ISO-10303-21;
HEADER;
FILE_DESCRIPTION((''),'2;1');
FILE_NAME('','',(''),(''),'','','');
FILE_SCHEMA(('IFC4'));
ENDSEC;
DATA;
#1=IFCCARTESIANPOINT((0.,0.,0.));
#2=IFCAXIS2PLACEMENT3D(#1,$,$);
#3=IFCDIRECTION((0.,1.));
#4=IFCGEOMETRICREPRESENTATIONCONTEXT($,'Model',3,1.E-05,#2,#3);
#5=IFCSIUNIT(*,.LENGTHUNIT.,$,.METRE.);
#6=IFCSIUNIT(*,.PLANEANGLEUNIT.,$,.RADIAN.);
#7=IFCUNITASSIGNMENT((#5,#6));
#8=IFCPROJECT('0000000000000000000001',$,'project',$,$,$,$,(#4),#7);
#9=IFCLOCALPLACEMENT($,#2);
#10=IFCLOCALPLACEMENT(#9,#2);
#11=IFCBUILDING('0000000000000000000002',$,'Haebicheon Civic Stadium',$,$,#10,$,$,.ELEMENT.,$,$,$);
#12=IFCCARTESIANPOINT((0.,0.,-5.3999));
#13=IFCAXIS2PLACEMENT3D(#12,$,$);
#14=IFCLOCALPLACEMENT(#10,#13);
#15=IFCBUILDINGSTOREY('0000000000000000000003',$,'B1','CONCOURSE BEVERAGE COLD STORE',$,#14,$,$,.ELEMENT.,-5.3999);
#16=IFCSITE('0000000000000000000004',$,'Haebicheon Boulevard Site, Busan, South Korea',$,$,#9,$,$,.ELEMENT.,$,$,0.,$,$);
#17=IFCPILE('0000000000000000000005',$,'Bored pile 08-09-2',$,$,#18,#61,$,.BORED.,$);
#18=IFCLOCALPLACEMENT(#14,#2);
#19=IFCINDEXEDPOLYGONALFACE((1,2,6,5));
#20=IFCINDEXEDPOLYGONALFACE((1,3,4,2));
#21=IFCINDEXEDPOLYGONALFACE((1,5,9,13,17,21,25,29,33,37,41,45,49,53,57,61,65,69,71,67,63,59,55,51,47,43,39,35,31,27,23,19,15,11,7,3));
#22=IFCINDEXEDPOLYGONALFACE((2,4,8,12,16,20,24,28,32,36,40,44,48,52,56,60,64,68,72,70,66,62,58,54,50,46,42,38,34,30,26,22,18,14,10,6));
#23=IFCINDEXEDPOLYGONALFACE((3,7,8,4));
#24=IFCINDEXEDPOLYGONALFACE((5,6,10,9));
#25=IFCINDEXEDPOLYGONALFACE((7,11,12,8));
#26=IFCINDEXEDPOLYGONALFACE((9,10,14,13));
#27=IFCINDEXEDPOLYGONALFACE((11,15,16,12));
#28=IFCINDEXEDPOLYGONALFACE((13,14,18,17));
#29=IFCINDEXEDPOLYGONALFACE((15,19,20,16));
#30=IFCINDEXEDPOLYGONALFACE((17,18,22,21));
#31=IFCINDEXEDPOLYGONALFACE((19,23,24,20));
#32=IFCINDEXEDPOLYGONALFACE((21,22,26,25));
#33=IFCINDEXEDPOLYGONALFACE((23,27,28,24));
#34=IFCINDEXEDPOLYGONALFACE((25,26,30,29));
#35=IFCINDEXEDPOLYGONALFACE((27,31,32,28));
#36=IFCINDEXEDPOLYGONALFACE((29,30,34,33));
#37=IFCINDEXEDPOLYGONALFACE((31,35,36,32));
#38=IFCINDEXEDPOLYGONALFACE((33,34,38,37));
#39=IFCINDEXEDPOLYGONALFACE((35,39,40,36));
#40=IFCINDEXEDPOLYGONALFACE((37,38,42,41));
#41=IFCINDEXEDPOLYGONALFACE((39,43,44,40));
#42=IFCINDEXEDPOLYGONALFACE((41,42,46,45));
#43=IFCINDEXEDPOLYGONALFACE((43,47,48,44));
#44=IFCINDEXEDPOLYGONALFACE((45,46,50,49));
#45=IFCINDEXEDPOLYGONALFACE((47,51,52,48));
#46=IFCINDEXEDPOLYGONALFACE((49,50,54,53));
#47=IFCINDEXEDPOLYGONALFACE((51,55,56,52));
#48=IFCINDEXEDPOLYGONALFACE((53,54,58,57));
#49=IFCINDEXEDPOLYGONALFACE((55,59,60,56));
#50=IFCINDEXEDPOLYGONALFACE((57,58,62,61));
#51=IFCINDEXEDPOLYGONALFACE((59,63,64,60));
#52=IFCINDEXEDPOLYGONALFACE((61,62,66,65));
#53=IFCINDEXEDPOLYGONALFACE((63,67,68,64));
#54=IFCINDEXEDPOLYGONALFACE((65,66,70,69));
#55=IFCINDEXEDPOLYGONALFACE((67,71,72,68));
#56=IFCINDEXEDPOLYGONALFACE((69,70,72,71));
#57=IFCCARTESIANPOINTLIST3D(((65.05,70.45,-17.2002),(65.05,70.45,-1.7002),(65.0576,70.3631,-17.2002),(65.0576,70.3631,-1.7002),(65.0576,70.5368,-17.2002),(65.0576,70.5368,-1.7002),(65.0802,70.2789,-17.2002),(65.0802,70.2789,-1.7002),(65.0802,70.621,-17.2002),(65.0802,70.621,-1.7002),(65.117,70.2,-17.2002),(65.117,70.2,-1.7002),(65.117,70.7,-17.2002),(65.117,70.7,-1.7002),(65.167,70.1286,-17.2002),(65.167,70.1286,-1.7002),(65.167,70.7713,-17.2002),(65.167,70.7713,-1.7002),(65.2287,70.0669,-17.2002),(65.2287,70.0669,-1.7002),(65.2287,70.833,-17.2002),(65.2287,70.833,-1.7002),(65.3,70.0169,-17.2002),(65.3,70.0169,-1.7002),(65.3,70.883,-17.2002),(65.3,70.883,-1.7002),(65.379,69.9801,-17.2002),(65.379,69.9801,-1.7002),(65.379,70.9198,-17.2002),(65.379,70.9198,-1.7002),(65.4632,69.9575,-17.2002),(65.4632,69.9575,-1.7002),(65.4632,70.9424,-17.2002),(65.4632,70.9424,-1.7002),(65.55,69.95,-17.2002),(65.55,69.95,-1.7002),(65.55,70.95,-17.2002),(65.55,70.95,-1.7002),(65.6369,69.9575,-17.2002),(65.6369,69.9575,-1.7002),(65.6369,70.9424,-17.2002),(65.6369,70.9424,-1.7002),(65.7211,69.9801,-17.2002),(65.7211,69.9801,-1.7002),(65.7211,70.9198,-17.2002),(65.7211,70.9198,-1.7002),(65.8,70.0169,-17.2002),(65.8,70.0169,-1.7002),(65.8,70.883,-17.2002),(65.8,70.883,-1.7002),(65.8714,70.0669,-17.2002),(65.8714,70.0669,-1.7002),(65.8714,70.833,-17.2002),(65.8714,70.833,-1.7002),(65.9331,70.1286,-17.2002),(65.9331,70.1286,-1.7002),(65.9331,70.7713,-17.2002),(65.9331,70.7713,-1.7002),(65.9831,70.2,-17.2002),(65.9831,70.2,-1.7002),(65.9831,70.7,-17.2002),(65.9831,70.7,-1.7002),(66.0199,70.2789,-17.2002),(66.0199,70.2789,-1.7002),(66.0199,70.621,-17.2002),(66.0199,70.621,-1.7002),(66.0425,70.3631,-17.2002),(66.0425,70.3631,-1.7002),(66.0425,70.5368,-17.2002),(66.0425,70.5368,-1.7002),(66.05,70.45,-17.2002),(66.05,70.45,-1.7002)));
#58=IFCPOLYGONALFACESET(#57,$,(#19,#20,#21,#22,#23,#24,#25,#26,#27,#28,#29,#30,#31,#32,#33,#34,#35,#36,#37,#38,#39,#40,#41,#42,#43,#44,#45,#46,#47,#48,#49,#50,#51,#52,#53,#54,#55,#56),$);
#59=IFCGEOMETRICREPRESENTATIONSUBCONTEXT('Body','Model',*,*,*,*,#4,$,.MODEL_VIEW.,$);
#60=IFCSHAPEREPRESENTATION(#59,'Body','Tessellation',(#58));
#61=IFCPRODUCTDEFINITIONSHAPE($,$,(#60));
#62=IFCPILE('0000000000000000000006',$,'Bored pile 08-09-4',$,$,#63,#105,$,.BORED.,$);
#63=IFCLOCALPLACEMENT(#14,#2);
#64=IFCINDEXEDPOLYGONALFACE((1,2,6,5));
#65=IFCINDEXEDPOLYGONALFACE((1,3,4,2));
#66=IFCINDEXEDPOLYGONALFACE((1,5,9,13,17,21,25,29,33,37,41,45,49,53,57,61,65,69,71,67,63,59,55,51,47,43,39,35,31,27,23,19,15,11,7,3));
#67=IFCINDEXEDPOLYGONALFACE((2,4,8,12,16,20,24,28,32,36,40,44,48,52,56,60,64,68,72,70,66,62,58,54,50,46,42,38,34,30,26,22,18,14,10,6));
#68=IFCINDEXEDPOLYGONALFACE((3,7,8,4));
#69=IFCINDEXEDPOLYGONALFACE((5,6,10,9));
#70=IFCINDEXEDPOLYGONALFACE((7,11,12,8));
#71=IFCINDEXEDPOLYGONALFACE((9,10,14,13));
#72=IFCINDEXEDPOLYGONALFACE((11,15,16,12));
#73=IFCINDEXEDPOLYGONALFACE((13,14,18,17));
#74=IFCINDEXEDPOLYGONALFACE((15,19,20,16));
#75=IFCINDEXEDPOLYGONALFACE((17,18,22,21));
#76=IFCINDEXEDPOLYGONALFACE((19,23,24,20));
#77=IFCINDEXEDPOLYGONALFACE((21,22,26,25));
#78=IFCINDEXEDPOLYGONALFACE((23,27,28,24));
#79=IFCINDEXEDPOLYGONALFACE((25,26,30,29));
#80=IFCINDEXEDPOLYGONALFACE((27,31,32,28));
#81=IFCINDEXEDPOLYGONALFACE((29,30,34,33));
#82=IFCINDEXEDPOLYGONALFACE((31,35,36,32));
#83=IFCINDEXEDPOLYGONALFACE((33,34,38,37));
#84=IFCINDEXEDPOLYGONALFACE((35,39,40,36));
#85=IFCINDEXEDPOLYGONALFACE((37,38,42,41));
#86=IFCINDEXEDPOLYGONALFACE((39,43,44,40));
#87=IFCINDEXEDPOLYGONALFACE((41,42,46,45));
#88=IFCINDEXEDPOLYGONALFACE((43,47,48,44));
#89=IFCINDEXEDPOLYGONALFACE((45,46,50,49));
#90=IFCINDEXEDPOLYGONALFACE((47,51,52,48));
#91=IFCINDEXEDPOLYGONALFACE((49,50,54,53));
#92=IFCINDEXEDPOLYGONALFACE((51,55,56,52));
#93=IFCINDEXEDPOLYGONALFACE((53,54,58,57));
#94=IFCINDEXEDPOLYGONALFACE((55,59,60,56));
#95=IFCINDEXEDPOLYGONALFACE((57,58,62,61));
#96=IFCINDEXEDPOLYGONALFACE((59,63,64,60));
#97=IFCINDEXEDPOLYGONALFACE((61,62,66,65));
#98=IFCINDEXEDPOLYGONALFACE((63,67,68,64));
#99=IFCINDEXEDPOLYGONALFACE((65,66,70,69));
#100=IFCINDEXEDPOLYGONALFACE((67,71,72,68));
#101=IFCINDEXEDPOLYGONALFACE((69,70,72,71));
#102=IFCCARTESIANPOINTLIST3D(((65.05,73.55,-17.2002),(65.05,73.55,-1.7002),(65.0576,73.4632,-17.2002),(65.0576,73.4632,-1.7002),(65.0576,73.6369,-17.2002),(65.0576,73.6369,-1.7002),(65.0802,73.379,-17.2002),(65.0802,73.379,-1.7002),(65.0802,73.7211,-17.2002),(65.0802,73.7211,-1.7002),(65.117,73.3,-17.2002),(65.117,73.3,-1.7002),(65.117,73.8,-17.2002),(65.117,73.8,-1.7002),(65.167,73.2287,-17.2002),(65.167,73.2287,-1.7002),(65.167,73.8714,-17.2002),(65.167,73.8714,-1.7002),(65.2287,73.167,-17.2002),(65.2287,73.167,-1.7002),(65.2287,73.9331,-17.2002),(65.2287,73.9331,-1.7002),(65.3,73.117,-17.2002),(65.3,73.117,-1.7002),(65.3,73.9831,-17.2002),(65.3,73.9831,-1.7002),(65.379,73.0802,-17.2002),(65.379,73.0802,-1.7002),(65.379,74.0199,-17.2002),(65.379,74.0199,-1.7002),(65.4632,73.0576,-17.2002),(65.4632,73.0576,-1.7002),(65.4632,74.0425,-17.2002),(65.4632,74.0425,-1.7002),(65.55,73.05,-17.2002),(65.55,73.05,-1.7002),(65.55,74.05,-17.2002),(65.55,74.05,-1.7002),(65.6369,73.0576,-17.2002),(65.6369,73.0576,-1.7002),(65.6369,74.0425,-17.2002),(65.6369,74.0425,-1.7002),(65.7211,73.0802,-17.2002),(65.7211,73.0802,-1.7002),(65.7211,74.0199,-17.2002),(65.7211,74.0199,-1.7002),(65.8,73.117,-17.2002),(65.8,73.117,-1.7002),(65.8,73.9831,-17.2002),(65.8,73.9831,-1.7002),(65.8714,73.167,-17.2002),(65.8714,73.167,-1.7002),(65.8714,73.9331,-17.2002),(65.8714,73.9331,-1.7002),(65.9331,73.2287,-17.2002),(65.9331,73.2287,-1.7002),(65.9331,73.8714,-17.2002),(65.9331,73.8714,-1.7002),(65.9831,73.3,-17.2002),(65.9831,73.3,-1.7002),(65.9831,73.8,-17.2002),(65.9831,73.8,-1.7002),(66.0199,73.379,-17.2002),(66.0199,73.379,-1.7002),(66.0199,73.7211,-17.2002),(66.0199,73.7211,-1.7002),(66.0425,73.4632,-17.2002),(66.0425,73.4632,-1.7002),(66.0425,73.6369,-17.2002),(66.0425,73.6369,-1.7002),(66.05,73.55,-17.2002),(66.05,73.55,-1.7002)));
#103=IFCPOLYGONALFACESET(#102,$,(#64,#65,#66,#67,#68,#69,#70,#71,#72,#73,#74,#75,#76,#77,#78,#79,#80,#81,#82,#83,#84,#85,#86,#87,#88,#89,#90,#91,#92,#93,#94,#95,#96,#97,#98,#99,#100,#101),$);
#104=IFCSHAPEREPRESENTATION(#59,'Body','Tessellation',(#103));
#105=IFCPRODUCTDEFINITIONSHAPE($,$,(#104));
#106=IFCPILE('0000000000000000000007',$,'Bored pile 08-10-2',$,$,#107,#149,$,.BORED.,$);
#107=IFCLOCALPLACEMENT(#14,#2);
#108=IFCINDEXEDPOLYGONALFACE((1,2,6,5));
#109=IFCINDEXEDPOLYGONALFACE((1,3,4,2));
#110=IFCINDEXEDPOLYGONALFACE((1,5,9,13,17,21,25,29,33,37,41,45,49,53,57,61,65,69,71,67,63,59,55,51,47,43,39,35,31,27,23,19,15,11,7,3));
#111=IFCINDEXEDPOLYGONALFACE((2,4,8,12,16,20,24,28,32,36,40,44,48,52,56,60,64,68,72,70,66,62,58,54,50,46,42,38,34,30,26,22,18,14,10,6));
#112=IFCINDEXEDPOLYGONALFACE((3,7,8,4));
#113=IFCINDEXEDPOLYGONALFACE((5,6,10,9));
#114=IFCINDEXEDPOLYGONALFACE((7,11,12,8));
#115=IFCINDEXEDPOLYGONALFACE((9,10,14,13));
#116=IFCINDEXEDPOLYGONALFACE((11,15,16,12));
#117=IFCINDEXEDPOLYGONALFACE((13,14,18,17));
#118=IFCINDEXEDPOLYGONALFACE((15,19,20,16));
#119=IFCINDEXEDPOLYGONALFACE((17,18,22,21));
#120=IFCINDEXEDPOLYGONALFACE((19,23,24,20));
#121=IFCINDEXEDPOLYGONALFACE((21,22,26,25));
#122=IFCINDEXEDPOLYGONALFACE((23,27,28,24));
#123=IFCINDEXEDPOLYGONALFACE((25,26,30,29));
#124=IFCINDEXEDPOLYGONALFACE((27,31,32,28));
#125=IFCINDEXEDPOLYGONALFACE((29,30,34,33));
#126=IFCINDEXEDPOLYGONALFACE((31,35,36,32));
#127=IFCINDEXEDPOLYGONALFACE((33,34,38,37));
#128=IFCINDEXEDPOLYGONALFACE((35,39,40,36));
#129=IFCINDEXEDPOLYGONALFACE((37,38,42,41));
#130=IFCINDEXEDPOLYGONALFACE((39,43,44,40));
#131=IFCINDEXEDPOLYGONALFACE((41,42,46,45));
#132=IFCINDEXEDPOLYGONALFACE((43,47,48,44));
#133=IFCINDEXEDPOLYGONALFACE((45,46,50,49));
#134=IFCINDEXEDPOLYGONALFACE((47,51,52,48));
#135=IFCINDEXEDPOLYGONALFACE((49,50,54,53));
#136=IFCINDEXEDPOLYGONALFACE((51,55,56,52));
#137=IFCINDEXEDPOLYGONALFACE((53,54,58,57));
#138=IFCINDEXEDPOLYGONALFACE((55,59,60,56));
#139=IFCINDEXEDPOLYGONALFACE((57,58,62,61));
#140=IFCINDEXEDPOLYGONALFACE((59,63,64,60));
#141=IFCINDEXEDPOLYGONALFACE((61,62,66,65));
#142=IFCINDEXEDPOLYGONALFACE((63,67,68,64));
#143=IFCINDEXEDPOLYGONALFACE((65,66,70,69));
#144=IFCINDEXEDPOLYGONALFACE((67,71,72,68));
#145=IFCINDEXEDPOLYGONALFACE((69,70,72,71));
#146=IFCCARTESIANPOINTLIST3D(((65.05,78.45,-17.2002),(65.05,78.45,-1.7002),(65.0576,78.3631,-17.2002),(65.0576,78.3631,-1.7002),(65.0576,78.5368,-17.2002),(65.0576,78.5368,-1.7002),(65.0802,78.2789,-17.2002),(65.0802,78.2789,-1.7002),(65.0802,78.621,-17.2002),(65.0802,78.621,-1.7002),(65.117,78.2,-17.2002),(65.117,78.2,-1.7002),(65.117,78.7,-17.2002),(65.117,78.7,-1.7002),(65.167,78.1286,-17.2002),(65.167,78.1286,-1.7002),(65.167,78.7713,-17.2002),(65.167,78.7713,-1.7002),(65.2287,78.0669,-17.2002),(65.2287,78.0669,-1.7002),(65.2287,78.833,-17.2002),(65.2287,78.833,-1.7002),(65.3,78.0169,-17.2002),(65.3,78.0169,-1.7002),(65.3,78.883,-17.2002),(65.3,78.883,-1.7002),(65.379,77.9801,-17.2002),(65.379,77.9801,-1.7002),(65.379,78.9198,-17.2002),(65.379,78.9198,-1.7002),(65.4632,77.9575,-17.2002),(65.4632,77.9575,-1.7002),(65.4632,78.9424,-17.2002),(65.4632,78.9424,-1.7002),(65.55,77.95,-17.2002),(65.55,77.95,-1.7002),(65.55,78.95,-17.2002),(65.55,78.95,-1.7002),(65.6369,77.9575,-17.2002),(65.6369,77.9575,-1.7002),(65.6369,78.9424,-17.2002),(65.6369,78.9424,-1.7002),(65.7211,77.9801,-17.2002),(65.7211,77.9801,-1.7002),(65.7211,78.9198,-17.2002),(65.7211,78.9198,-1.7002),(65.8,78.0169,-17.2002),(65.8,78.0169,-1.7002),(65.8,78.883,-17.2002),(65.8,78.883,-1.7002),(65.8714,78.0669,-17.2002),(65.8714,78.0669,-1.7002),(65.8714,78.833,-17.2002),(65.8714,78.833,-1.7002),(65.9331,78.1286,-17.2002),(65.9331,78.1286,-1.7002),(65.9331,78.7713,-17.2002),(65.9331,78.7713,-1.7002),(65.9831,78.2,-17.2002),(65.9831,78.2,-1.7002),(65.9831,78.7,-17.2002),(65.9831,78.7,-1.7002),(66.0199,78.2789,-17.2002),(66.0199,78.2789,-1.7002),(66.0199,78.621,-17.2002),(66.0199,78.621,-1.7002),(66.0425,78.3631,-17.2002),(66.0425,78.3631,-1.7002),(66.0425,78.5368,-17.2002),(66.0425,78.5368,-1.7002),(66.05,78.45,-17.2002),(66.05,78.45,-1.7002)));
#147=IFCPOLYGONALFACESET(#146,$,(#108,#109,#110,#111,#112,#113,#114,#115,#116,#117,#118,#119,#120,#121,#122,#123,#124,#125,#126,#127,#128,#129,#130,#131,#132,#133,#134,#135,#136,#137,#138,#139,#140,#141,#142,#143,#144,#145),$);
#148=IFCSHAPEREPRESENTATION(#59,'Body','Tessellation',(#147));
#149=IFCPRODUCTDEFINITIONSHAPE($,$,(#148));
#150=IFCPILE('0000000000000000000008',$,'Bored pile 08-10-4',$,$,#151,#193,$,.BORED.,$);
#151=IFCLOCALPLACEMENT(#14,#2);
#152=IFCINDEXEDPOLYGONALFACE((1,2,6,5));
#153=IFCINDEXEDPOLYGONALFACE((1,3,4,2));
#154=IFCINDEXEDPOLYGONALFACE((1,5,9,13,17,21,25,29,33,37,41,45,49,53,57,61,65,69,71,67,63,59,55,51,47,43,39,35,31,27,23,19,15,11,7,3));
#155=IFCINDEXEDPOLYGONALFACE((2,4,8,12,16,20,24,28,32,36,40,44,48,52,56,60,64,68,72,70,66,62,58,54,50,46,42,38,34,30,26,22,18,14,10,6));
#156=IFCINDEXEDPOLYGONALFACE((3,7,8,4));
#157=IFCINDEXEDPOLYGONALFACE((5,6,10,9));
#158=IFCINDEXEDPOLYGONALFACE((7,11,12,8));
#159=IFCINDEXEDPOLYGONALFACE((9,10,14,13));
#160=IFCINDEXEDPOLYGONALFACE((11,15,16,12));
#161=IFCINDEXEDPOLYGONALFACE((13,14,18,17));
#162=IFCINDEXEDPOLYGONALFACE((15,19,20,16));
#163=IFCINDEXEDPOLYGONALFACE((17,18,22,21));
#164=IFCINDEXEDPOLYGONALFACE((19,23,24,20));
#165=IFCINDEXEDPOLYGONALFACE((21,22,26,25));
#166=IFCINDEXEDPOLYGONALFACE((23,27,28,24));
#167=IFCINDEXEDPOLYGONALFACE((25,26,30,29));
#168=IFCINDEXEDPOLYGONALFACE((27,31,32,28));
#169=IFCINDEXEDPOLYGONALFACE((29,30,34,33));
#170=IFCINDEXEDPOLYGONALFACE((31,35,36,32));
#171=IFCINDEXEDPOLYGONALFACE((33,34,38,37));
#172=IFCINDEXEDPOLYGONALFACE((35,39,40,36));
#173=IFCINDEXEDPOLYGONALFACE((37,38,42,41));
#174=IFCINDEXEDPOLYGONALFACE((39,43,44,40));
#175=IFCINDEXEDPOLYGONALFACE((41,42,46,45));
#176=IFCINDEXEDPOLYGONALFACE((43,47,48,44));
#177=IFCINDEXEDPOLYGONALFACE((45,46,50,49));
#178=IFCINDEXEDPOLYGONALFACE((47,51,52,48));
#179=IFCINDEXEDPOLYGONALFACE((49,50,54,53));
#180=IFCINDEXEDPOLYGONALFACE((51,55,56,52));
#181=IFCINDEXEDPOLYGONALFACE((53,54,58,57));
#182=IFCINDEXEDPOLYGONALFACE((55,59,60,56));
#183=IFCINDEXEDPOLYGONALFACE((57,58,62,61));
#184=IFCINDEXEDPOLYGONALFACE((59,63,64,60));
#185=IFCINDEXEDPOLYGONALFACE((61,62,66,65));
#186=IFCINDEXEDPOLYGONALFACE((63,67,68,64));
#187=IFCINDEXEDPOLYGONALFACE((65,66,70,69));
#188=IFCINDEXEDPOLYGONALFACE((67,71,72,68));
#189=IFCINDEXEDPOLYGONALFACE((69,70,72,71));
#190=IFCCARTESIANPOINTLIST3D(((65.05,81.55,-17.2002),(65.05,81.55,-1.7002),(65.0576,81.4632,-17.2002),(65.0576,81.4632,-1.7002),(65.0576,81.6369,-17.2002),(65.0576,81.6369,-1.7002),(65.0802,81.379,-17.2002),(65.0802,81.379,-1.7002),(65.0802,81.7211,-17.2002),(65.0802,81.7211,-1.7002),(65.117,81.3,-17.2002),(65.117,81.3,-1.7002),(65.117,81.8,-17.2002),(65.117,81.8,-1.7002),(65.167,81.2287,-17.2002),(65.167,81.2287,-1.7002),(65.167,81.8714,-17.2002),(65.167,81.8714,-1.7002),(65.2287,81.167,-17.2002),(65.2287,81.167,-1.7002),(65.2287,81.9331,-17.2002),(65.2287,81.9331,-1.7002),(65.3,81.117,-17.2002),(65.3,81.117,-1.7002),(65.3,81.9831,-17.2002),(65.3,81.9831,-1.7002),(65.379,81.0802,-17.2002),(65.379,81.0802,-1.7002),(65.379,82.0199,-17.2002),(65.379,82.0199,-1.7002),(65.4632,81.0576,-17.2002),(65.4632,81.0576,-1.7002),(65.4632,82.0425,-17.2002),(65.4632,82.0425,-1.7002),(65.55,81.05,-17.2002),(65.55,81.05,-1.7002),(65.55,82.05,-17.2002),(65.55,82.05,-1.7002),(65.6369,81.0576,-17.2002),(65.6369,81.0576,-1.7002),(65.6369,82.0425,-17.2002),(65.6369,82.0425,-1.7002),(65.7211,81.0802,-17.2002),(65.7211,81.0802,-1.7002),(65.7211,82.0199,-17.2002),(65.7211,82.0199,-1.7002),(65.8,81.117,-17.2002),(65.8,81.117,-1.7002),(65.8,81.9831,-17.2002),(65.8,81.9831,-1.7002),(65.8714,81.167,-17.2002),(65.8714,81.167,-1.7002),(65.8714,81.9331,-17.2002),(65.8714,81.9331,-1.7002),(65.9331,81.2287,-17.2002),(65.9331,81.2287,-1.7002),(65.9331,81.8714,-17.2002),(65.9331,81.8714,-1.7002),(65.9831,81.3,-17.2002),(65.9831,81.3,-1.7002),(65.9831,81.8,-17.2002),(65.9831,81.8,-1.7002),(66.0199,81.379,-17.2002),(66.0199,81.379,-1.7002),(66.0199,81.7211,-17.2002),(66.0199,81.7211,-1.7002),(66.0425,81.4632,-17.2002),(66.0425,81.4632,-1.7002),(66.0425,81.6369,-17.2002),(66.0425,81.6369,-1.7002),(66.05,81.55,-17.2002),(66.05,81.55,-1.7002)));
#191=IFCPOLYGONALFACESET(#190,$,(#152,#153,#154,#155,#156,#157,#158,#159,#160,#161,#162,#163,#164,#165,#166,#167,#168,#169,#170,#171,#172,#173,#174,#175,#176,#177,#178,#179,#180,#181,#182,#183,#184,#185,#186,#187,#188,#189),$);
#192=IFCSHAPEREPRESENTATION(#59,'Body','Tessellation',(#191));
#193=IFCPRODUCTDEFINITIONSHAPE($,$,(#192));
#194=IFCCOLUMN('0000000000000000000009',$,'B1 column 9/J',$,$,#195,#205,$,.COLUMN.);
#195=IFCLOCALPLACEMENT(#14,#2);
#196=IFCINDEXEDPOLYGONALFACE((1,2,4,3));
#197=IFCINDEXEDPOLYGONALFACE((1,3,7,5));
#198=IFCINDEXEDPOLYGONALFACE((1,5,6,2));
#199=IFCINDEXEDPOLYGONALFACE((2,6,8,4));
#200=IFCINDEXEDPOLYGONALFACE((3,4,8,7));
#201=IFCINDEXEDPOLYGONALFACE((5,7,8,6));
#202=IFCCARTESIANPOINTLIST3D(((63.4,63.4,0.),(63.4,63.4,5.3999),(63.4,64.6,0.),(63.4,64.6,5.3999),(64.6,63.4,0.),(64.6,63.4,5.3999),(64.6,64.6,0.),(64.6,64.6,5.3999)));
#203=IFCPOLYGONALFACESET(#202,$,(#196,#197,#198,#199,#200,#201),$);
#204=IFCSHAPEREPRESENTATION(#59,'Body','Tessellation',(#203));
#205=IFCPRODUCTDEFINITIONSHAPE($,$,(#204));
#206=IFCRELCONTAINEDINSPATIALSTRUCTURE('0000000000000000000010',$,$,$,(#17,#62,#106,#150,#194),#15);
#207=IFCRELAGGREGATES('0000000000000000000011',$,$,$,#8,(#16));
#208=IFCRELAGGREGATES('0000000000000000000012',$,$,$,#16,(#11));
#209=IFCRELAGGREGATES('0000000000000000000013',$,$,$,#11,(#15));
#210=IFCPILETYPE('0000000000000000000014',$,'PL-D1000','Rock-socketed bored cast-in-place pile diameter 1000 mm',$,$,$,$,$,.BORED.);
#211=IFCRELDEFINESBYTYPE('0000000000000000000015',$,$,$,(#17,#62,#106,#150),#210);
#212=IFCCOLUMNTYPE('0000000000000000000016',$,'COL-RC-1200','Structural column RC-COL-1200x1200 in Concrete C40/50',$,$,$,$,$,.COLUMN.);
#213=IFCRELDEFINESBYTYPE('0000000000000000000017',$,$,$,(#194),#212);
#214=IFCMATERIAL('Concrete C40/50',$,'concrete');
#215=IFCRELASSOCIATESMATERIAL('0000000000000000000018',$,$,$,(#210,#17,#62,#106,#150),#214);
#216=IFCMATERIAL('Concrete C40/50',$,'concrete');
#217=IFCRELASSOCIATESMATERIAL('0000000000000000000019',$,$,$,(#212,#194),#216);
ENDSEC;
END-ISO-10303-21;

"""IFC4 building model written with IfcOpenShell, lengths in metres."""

from ifc_helpers import new_model, si_unit, direction, frame, origin, origin_2d, place, context, subcontext, project, spatial, rectangle, circle, extrude, material, material_profile, profile_set, type_object, element, save


model = new_model("IFC4")

# Units and contexts
model_context = context("Model", 3, precision=1e-05, world=origin(), true_north=direction((0.0, 1.0)))
body_context = subcontext(model_context, "Body", "Model", "MODEL_VIEW")
ifc_project = project(units=[si_unit("LENGTHUNIT", "METRE"), si_unit("PLANEANGLEUNIT", "RADIAN")], contexts=[model_context])

# Site, building, storey
site_placement = place(None, origin())
site = spatial("IfcSite", under=ifc_project, at=site_placement, Name="Haebicheon Boulevard Site, Busan, South Korea", CompositionType="ELEMENT", RefElevation=0.0)
building_placement = place(site_placement, origin())
building = spatial("IfcBuilding", under=site, at=building_placement, Name="Haebicheon Civic Stadium", CompositionType="ELEMENT")
storey_placement = place(building_placement, frame((0.0, 0.0, -5.3999)))
storey = spatial("IfcBuildingStorey", under=building, at=storey_placement, Name="B1", Description="CONCOURSE BEVERAGE COLD STORE", CompositionType="ELEMENT", Elevation=-5.3999)

# Piles
ifc_material_1 = material(Name="Concrete C40/50", Category="concrete")
ifc_material_profile_1 = material_profile(ifc_material_1, circle(Radius=0.5, at=origin_2d()), Name="PILE-D1000")
ifc_profile_set_1 = profile_set([ifc_material_profile_1], Name="Concrete C40/50")
pile_type = type_object("IfcPileType", Name="PL-D1000", Description="Rock-socketed bored cast-in-place pile diameter 1000 mm", PredefinedType="BORED", material=ifc_profile_set_1)
for number, where, z_axis, x_axis, name in (
    (1, (65.55, 70.45, -1.7002), (0.0, 0.0, -1.0), (1.0, 0.0, 0.0), "Bored pile 08-09-2"),
    (2, (65.55, 73.55, -1.7002), (0.0, 0.0, -1.0), (1.0, 0.0, 0.0), "Bored pile 08-09-4"),
    (3, (65.55, 78.45, -1.7002), (0.0, 0.0, -1.0), (1.0, 0.0, 0.0), "Bored pile 08-10-2"),
    (4, (65.55, 81.55, -1.7002), (0.0, 0.0, -1.0), (1.0, 0.0, 0.0), "Bored pile 08-10-4"),
):
    element("IfcPile", number, at=place(storey_placement, frame(where, z_axis=z_axis, x_axis=x_axis)), inside=storey, type_object=pile_type, material=ifc_profile_set_1, Name=name, PredefinedType="BORED", context=body_context, shape_type="SweptSolid", body=[
        extrude(circle(Radius=0.5, at=origin_2d()), origin(), (0.0, 0.0, 1.0), 15.5),
    ])

# Column
ifc_material_2 = material(Name="Concrete C40/50", Category="concrete")
ifc_material_profile_2 = material_profile(ifc_material_2, rectangle(XDim=1.2, YDim=1.2, at=origin_2d()), Name="RC-COL-1200x1200")
ifc_profile_set_2 = profile_set([ifc_material_profile_2], Name="Concrete C40/50")
column_type = type_object("IfcColumnType", Name="COL-RC-1200", Description="Structural column RC-COL-1200x1200 in Concrete C40/50", PredefinedType="COLUMN", material=ifc_profile_set_2)
for number, where, z_axis, x_axis, name in (
    (5, (64.0, 64.0, 0.0), (0.0, 0.0, 1.0), (1.0, 0.0, 0.0), "B1 column 9/J"),
):
    element("IfcColumn", number, at=place(storey_placement, frame(where, z_axis=z_axis, x_axis=x_axis)), inside=storey, type_object=column_type, material=ifc_profile_set_2, Name=name, PredefinedType="COLUMN", context=body_context, shape_type="SweptSolid", body=[
        extrude(rectangle(XDim=1.2, YDim=1.2, at=origin_2d()), origin(), (0.0, 0.0, 1.0), 5.3999),
    ])

save(model, "model.ifc")
